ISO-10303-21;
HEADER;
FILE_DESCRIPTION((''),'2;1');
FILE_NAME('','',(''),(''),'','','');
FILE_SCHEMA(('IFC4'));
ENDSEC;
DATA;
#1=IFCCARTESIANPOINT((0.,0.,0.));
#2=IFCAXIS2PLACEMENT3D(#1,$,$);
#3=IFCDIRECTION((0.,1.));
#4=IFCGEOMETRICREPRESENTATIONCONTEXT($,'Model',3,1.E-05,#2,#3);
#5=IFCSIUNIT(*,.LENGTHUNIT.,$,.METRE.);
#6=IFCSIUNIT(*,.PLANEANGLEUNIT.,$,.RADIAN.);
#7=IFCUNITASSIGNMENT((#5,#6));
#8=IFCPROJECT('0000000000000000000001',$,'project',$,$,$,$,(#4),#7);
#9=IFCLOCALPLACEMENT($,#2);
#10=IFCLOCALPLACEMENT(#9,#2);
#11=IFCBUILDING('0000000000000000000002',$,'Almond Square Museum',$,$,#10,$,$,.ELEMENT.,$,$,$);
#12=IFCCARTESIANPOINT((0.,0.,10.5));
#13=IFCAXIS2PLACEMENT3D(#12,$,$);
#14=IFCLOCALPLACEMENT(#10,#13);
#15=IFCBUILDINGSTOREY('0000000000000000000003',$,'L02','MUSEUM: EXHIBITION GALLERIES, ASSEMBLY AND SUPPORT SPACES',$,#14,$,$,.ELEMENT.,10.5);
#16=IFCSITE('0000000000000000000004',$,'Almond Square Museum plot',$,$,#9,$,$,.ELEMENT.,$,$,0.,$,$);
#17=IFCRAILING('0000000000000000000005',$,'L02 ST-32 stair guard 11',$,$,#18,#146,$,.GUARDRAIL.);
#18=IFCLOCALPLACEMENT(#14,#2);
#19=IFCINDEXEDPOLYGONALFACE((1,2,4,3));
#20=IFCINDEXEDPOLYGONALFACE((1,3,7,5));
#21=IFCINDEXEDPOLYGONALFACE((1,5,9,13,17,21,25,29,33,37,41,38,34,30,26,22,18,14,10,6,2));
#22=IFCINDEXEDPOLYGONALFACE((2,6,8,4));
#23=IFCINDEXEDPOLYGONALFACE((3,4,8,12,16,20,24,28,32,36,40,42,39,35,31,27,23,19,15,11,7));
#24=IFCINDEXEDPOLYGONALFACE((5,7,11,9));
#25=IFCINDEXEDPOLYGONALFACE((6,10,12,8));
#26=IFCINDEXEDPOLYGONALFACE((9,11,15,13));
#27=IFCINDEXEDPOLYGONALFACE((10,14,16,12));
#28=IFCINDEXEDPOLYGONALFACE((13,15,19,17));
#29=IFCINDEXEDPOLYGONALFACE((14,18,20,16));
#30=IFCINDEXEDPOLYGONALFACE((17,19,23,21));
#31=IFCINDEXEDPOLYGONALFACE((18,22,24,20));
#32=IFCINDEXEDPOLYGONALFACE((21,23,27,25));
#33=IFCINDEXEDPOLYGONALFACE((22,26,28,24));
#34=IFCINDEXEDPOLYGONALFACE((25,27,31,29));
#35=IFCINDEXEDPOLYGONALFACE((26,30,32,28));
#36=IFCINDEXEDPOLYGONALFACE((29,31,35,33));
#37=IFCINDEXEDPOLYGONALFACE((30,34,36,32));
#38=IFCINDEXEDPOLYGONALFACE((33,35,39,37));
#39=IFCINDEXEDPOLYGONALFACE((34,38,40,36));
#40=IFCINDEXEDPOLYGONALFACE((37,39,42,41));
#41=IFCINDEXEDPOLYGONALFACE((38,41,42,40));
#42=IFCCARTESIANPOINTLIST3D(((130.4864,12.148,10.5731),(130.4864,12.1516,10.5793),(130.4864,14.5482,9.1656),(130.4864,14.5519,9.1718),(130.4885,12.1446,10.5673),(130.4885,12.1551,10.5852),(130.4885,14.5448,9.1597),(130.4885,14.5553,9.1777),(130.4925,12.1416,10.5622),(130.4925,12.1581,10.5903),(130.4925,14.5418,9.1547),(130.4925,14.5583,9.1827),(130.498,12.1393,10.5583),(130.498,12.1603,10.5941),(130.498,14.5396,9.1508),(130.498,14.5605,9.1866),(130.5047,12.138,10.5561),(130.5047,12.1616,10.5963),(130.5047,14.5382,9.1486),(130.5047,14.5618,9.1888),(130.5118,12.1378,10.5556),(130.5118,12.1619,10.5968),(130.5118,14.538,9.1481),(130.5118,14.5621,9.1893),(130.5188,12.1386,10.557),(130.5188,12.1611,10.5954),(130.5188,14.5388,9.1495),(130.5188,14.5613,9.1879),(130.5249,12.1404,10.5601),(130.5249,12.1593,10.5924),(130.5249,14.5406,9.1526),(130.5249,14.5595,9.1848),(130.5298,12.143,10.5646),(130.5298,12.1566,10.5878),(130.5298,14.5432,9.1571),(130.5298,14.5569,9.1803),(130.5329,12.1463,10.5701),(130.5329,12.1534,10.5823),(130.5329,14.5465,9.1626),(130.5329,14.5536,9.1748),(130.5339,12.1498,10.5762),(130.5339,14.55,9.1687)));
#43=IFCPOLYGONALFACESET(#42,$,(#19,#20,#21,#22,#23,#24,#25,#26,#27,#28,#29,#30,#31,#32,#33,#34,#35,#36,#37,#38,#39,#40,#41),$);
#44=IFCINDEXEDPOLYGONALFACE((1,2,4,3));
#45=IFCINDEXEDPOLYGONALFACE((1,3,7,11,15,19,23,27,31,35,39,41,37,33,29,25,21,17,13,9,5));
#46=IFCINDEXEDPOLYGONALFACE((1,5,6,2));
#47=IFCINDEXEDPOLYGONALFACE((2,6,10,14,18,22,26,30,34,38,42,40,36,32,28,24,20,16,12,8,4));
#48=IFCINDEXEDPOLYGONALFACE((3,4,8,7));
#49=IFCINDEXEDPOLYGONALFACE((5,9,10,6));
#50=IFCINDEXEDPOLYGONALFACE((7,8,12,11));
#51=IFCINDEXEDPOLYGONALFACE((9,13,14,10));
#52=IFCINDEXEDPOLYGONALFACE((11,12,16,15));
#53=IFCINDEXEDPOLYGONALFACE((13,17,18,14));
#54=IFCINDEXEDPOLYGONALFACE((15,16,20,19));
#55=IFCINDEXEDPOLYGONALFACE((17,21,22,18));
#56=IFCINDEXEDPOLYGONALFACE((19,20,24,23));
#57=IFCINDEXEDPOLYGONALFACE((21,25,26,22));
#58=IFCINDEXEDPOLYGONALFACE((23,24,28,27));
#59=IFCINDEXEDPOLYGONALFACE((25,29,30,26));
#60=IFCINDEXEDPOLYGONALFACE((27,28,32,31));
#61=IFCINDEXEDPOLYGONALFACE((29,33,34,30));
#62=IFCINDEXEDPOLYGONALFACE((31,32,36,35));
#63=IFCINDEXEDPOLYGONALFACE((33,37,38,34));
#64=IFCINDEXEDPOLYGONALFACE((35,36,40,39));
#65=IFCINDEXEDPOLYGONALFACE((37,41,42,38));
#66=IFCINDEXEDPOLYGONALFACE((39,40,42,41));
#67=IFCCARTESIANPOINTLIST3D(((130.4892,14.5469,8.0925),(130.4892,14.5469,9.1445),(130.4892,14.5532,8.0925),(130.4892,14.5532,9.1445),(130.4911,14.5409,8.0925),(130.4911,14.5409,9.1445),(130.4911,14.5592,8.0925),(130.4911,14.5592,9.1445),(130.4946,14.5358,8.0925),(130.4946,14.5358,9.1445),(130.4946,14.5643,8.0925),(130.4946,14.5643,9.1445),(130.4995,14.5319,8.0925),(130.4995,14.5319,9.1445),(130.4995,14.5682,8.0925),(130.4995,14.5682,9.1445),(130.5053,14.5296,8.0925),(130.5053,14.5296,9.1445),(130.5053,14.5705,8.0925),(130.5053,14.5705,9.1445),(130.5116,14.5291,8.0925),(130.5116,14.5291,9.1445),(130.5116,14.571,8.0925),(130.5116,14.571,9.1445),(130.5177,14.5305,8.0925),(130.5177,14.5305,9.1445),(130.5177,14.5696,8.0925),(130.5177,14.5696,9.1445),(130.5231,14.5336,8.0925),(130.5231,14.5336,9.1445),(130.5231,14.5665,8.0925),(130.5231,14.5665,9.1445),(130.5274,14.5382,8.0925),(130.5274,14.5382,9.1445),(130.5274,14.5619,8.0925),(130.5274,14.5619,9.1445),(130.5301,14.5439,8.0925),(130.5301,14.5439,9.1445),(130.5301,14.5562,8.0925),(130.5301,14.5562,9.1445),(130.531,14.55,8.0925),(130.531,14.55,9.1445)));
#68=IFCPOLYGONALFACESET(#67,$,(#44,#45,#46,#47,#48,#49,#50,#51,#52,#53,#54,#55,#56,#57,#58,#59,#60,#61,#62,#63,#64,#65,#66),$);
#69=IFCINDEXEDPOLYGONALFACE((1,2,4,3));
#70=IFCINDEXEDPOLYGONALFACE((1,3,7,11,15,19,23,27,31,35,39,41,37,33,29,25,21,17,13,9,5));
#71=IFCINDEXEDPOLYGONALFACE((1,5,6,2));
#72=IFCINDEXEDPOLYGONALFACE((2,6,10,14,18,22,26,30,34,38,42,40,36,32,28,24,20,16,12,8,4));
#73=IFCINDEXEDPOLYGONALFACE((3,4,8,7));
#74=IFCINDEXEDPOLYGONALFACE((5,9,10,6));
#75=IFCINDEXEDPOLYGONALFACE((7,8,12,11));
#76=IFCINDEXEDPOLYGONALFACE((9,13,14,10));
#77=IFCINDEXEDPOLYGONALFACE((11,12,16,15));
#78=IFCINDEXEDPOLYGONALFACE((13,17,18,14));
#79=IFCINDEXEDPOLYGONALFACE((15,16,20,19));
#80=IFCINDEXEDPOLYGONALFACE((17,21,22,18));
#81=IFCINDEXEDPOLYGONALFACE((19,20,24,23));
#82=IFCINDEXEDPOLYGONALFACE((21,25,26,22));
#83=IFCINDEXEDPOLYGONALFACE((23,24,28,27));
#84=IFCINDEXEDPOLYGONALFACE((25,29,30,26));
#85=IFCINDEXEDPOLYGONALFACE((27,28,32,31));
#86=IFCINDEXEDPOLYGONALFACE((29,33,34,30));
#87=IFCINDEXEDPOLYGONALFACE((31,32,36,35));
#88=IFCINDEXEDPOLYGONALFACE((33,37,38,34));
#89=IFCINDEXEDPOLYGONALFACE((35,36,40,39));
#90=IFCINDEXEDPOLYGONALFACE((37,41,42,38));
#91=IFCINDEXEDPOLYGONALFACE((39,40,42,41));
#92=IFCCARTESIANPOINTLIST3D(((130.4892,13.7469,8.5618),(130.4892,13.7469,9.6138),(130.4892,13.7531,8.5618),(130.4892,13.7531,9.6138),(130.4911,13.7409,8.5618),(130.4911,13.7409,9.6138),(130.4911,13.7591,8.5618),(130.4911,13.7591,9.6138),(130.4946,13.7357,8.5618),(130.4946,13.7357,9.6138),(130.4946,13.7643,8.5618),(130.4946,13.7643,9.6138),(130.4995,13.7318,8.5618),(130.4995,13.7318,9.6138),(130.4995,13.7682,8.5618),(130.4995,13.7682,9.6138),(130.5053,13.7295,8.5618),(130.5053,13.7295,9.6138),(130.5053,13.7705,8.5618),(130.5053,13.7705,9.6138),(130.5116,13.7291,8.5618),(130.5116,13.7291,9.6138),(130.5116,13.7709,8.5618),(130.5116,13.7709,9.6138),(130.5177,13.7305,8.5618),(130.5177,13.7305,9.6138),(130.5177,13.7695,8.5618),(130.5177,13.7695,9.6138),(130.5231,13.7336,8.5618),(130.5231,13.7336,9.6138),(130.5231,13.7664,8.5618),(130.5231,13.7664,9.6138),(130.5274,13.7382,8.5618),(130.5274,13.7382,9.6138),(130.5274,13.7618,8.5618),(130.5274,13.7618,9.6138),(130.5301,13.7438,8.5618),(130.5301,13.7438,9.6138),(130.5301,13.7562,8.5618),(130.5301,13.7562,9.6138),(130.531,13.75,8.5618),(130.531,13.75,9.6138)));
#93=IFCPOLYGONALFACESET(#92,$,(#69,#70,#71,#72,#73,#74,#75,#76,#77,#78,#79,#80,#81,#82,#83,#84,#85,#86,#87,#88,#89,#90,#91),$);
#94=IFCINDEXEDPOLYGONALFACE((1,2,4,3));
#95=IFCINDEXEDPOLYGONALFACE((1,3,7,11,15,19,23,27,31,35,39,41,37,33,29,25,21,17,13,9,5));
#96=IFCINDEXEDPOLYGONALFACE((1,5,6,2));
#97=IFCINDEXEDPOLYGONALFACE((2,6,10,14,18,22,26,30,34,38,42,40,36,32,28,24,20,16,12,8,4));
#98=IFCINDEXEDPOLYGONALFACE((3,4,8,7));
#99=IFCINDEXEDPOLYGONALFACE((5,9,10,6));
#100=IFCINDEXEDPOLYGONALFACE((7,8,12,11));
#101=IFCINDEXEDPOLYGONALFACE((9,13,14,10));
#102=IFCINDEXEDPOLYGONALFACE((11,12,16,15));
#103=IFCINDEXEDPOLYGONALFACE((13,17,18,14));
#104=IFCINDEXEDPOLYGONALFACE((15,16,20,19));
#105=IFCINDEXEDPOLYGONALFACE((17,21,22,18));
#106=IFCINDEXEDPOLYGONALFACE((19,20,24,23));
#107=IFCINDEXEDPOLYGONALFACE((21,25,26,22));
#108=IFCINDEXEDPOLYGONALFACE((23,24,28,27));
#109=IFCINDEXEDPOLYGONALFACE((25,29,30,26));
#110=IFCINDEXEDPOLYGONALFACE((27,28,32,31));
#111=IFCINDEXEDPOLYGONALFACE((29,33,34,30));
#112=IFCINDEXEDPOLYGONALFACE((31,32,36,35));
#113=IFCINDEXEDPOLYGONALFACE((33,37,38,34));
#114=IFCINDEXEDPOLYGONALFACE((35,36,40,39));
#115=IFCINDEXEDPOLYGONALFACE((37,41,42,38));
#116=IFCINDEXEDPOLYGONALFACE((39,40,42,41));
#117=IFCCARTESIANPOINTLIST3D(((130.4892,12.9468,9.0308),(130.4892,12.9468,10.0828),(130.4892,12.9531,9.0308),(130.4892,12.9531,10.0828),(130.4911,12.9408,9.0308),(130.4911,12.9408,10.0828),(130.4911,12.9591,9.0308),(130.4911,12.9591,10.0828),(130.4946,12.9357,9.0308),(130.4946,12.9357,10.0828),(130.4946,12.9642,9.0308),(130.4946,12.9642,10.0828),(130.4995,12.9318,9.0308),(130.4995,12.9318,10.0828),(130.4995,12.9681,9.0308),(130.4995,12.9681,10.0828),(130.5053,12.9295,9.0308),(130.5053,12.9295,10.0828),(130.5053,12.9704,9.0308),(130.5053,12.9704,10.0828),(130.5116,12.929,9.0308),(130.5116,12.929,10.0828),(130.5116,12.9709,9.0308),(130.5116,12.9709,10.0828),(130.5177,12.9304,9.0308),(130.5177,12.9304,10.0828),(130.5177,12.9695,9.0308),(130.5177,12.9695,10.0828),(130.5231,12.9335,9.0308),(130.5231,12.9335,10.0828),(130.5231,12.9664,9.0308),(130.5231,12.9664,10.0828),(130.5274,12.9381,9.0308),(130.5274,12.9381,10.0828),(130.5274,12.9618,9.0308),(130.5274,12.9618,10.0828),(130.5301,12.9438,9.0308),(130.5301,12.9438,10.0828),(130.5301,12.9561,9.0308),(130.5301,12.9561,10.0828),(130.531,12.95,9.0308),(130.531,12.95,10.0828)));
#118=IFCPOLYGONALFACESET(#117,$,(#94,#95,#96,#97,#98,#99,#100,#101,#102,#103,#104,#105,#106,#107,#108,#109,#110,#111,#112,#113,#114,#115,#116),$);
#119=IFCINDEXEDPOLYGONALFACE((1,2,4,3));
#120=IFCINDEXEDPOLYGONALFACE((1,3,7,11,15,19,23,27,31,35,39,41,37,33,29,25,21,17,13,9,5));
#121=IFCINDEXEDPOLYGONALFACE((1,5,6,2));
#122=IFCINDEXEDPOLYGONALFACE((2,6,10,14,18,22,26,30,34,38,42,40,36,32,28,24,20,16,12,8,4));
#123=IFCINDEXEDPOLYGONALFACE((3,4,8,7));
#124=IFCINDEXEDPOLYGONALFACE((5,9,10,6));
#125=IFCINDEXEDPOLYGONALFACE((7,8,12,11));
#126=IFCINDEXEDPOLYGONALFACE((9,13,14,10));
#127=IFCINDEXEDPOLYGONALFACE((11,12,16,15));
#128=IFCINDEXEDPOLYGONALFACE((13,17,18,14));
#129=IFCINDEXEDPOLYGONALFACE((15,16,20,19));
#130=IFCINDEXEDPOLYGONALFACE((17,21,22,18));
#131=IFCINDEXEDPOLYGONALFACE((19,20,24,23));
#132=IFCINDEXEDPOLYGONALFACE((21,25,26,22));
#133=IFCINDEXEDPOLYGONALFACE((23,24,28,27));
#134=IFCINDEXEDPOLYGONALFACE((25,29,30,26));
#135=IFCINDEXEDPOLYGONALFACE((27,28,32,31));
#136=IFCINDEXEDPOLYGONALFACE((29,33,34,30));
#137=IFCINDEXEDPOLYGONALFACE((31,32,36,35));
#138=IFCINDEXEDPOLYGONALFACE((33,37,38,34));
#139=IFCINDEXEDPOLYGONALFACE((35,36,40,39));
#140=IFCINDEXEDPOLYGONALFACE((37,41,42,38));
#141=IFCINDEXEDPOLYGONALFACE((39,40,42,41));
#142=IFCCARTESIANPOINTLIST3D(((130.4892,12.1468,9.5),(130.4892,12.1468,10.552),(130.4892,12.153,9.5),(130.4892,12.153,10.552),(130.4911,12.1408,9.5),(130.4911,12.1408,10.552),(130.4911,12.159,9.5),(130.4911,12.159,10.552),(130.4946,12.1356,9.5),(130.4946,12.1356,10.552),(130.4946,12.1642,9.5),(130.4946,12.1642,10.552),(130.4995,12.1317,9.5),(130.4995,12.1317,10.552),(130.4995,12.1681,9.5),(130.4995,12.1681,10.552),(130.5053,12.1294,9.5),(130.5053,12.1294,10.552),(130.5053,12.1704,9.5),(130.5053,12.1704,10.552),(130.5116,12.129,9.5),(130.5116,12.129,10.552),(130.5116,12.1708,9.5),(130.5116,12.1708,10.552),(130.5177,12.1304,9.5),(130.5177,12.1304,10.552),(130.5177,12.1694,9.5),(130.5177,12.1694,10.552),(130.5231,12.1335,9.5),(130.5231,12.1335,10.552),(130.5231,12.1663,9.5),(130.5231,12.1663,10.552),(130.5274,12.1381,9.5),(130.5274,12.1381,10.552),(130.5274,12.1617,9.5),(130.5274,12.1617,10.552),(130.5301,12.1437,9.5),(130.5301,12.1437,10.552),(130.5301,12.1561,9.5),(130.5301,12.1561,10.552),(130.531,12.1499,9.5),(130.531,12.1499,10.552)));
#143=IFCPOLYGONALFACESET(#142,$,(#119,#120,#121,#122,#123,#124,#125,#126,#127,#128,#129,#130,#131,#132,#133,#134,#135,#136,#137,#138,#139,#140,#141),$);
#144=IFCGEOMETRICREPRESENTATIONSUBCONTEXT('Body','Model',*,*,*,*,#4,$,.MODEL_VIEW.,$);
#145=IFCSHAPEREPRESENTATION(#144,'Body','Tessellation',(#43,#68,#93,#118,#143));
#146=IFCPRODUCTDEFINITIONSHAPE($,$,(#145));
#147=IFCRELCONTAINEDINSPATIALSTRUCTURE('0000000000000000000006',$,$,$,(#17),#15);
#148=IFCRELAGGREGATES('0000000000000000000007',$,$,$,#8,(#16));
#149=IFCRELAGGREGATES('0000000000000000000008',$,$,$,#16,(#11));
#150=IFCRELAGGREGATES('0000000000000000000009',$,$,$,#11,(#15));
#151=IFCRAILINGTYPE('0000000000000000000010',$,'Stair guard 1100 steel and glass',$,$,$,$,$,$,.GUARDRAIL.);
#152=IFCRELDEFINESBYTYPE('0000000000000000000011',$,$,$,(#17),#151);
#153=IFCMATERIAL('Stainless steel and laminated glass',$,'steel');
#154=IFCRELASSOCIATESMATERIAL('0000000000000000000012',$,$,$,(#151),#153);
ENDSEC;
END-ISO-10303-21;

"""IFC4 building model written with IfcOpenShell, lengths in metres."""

from ifc_helpers import new_model, si_unit, direction, frame, origin, origin_2d, place, context, subcontext, project, spatial, circle, extrude, material, type_object, element, save


model = new_model("IFC4")

# Units and contexts
model_context = context("Model", 3, precision=1e-05, world=origin(), true_north=direction((0.0, 1.0)))
body_context = subcontext(model_context, "Body", "Model", "MODEL_VIEW")
ifc_project = project(units=[si_unit("LENGTHUNIT", "METRE"), si_unit("PLANEANGLEUNIT", "RADIAN")], contexts=[model_context])

# Site, building, storey
site_placement = place(None, origin())
site = spatial("IfcSite", under=ifc_project, at=site_placement, Name="Almond Square Museum plot", CompositionType="ELEMENT", RefElevation=0.0)
building_placement = place(site_placement, origin())
building = spatial("IfcBuilding", under=site, at=building_placement, Name="Almond Square Museum", CompositionType="ELEMENT")
storey_placement = place(building_placement, frame((0.0, 0.0, 10.5)))
storey = spatial("IfcBuildingStorey", under=building, at=storey_placement, Name="L02", Description="MUSEUM: EXHIBITION GALLERIES, ASSEMBLY AND SUPPORT SPACES", CompositionType="ELEMENT", Elevation=10.5)

# Railing
ifc_material_1 = material(Name="Stainless steel and laminated glass", Category="steel")
railing_type_1 = type_object("IfcRailingType", Name="Stair guard 1100 steel and glass", PredefinedType="GUARDRAIL", material=ifc_material_1)
railing_1_placement = place(storey_placement, frame((130.51, 14.55, 8.0925)))
element("IfcRailing", 1, at=railing_1_placement, inside=storey, type_object=railing_type_1, Name="L02 ST-32 stair guard 11", PredefinedType="GUARDRAIL", context=body_context, shape_type="SweptSolid", body=[
    extrude(circle(Radius=0.0239, at=origin_2d()), frame((0.0, 0.0, 1.0762), z_axis=(0.0, -0.862621, 0.50585), x_axis=(1.0, 0.0, 0.0)), (0.0, 0.0, 1.0), 2.7825),
    extrude(circle(Radius=0.021, at=origin_2d()), origin(), (0.0, 0.0, 1.0), 1.052),
    extrude(circle(Radius=0.021, at=origin_2d()), frame((0.0, -0.8, 0.4692)), (0.0, 0.0, 1.0), 1.052),
    extrude(circle(Radius=0.021, at=origin_2d()), frame((0.0, -1.6001, 0.9382)), (0.0, 0.0, 1.0), 1.052),
    extrude(circle(Radius=0.021, at=origin_2d()), frame((0.0, -2.4001, 1.4075)), (0.0, 0.0, 1.0), 1.052),
])

save(model, "model.ifc")
